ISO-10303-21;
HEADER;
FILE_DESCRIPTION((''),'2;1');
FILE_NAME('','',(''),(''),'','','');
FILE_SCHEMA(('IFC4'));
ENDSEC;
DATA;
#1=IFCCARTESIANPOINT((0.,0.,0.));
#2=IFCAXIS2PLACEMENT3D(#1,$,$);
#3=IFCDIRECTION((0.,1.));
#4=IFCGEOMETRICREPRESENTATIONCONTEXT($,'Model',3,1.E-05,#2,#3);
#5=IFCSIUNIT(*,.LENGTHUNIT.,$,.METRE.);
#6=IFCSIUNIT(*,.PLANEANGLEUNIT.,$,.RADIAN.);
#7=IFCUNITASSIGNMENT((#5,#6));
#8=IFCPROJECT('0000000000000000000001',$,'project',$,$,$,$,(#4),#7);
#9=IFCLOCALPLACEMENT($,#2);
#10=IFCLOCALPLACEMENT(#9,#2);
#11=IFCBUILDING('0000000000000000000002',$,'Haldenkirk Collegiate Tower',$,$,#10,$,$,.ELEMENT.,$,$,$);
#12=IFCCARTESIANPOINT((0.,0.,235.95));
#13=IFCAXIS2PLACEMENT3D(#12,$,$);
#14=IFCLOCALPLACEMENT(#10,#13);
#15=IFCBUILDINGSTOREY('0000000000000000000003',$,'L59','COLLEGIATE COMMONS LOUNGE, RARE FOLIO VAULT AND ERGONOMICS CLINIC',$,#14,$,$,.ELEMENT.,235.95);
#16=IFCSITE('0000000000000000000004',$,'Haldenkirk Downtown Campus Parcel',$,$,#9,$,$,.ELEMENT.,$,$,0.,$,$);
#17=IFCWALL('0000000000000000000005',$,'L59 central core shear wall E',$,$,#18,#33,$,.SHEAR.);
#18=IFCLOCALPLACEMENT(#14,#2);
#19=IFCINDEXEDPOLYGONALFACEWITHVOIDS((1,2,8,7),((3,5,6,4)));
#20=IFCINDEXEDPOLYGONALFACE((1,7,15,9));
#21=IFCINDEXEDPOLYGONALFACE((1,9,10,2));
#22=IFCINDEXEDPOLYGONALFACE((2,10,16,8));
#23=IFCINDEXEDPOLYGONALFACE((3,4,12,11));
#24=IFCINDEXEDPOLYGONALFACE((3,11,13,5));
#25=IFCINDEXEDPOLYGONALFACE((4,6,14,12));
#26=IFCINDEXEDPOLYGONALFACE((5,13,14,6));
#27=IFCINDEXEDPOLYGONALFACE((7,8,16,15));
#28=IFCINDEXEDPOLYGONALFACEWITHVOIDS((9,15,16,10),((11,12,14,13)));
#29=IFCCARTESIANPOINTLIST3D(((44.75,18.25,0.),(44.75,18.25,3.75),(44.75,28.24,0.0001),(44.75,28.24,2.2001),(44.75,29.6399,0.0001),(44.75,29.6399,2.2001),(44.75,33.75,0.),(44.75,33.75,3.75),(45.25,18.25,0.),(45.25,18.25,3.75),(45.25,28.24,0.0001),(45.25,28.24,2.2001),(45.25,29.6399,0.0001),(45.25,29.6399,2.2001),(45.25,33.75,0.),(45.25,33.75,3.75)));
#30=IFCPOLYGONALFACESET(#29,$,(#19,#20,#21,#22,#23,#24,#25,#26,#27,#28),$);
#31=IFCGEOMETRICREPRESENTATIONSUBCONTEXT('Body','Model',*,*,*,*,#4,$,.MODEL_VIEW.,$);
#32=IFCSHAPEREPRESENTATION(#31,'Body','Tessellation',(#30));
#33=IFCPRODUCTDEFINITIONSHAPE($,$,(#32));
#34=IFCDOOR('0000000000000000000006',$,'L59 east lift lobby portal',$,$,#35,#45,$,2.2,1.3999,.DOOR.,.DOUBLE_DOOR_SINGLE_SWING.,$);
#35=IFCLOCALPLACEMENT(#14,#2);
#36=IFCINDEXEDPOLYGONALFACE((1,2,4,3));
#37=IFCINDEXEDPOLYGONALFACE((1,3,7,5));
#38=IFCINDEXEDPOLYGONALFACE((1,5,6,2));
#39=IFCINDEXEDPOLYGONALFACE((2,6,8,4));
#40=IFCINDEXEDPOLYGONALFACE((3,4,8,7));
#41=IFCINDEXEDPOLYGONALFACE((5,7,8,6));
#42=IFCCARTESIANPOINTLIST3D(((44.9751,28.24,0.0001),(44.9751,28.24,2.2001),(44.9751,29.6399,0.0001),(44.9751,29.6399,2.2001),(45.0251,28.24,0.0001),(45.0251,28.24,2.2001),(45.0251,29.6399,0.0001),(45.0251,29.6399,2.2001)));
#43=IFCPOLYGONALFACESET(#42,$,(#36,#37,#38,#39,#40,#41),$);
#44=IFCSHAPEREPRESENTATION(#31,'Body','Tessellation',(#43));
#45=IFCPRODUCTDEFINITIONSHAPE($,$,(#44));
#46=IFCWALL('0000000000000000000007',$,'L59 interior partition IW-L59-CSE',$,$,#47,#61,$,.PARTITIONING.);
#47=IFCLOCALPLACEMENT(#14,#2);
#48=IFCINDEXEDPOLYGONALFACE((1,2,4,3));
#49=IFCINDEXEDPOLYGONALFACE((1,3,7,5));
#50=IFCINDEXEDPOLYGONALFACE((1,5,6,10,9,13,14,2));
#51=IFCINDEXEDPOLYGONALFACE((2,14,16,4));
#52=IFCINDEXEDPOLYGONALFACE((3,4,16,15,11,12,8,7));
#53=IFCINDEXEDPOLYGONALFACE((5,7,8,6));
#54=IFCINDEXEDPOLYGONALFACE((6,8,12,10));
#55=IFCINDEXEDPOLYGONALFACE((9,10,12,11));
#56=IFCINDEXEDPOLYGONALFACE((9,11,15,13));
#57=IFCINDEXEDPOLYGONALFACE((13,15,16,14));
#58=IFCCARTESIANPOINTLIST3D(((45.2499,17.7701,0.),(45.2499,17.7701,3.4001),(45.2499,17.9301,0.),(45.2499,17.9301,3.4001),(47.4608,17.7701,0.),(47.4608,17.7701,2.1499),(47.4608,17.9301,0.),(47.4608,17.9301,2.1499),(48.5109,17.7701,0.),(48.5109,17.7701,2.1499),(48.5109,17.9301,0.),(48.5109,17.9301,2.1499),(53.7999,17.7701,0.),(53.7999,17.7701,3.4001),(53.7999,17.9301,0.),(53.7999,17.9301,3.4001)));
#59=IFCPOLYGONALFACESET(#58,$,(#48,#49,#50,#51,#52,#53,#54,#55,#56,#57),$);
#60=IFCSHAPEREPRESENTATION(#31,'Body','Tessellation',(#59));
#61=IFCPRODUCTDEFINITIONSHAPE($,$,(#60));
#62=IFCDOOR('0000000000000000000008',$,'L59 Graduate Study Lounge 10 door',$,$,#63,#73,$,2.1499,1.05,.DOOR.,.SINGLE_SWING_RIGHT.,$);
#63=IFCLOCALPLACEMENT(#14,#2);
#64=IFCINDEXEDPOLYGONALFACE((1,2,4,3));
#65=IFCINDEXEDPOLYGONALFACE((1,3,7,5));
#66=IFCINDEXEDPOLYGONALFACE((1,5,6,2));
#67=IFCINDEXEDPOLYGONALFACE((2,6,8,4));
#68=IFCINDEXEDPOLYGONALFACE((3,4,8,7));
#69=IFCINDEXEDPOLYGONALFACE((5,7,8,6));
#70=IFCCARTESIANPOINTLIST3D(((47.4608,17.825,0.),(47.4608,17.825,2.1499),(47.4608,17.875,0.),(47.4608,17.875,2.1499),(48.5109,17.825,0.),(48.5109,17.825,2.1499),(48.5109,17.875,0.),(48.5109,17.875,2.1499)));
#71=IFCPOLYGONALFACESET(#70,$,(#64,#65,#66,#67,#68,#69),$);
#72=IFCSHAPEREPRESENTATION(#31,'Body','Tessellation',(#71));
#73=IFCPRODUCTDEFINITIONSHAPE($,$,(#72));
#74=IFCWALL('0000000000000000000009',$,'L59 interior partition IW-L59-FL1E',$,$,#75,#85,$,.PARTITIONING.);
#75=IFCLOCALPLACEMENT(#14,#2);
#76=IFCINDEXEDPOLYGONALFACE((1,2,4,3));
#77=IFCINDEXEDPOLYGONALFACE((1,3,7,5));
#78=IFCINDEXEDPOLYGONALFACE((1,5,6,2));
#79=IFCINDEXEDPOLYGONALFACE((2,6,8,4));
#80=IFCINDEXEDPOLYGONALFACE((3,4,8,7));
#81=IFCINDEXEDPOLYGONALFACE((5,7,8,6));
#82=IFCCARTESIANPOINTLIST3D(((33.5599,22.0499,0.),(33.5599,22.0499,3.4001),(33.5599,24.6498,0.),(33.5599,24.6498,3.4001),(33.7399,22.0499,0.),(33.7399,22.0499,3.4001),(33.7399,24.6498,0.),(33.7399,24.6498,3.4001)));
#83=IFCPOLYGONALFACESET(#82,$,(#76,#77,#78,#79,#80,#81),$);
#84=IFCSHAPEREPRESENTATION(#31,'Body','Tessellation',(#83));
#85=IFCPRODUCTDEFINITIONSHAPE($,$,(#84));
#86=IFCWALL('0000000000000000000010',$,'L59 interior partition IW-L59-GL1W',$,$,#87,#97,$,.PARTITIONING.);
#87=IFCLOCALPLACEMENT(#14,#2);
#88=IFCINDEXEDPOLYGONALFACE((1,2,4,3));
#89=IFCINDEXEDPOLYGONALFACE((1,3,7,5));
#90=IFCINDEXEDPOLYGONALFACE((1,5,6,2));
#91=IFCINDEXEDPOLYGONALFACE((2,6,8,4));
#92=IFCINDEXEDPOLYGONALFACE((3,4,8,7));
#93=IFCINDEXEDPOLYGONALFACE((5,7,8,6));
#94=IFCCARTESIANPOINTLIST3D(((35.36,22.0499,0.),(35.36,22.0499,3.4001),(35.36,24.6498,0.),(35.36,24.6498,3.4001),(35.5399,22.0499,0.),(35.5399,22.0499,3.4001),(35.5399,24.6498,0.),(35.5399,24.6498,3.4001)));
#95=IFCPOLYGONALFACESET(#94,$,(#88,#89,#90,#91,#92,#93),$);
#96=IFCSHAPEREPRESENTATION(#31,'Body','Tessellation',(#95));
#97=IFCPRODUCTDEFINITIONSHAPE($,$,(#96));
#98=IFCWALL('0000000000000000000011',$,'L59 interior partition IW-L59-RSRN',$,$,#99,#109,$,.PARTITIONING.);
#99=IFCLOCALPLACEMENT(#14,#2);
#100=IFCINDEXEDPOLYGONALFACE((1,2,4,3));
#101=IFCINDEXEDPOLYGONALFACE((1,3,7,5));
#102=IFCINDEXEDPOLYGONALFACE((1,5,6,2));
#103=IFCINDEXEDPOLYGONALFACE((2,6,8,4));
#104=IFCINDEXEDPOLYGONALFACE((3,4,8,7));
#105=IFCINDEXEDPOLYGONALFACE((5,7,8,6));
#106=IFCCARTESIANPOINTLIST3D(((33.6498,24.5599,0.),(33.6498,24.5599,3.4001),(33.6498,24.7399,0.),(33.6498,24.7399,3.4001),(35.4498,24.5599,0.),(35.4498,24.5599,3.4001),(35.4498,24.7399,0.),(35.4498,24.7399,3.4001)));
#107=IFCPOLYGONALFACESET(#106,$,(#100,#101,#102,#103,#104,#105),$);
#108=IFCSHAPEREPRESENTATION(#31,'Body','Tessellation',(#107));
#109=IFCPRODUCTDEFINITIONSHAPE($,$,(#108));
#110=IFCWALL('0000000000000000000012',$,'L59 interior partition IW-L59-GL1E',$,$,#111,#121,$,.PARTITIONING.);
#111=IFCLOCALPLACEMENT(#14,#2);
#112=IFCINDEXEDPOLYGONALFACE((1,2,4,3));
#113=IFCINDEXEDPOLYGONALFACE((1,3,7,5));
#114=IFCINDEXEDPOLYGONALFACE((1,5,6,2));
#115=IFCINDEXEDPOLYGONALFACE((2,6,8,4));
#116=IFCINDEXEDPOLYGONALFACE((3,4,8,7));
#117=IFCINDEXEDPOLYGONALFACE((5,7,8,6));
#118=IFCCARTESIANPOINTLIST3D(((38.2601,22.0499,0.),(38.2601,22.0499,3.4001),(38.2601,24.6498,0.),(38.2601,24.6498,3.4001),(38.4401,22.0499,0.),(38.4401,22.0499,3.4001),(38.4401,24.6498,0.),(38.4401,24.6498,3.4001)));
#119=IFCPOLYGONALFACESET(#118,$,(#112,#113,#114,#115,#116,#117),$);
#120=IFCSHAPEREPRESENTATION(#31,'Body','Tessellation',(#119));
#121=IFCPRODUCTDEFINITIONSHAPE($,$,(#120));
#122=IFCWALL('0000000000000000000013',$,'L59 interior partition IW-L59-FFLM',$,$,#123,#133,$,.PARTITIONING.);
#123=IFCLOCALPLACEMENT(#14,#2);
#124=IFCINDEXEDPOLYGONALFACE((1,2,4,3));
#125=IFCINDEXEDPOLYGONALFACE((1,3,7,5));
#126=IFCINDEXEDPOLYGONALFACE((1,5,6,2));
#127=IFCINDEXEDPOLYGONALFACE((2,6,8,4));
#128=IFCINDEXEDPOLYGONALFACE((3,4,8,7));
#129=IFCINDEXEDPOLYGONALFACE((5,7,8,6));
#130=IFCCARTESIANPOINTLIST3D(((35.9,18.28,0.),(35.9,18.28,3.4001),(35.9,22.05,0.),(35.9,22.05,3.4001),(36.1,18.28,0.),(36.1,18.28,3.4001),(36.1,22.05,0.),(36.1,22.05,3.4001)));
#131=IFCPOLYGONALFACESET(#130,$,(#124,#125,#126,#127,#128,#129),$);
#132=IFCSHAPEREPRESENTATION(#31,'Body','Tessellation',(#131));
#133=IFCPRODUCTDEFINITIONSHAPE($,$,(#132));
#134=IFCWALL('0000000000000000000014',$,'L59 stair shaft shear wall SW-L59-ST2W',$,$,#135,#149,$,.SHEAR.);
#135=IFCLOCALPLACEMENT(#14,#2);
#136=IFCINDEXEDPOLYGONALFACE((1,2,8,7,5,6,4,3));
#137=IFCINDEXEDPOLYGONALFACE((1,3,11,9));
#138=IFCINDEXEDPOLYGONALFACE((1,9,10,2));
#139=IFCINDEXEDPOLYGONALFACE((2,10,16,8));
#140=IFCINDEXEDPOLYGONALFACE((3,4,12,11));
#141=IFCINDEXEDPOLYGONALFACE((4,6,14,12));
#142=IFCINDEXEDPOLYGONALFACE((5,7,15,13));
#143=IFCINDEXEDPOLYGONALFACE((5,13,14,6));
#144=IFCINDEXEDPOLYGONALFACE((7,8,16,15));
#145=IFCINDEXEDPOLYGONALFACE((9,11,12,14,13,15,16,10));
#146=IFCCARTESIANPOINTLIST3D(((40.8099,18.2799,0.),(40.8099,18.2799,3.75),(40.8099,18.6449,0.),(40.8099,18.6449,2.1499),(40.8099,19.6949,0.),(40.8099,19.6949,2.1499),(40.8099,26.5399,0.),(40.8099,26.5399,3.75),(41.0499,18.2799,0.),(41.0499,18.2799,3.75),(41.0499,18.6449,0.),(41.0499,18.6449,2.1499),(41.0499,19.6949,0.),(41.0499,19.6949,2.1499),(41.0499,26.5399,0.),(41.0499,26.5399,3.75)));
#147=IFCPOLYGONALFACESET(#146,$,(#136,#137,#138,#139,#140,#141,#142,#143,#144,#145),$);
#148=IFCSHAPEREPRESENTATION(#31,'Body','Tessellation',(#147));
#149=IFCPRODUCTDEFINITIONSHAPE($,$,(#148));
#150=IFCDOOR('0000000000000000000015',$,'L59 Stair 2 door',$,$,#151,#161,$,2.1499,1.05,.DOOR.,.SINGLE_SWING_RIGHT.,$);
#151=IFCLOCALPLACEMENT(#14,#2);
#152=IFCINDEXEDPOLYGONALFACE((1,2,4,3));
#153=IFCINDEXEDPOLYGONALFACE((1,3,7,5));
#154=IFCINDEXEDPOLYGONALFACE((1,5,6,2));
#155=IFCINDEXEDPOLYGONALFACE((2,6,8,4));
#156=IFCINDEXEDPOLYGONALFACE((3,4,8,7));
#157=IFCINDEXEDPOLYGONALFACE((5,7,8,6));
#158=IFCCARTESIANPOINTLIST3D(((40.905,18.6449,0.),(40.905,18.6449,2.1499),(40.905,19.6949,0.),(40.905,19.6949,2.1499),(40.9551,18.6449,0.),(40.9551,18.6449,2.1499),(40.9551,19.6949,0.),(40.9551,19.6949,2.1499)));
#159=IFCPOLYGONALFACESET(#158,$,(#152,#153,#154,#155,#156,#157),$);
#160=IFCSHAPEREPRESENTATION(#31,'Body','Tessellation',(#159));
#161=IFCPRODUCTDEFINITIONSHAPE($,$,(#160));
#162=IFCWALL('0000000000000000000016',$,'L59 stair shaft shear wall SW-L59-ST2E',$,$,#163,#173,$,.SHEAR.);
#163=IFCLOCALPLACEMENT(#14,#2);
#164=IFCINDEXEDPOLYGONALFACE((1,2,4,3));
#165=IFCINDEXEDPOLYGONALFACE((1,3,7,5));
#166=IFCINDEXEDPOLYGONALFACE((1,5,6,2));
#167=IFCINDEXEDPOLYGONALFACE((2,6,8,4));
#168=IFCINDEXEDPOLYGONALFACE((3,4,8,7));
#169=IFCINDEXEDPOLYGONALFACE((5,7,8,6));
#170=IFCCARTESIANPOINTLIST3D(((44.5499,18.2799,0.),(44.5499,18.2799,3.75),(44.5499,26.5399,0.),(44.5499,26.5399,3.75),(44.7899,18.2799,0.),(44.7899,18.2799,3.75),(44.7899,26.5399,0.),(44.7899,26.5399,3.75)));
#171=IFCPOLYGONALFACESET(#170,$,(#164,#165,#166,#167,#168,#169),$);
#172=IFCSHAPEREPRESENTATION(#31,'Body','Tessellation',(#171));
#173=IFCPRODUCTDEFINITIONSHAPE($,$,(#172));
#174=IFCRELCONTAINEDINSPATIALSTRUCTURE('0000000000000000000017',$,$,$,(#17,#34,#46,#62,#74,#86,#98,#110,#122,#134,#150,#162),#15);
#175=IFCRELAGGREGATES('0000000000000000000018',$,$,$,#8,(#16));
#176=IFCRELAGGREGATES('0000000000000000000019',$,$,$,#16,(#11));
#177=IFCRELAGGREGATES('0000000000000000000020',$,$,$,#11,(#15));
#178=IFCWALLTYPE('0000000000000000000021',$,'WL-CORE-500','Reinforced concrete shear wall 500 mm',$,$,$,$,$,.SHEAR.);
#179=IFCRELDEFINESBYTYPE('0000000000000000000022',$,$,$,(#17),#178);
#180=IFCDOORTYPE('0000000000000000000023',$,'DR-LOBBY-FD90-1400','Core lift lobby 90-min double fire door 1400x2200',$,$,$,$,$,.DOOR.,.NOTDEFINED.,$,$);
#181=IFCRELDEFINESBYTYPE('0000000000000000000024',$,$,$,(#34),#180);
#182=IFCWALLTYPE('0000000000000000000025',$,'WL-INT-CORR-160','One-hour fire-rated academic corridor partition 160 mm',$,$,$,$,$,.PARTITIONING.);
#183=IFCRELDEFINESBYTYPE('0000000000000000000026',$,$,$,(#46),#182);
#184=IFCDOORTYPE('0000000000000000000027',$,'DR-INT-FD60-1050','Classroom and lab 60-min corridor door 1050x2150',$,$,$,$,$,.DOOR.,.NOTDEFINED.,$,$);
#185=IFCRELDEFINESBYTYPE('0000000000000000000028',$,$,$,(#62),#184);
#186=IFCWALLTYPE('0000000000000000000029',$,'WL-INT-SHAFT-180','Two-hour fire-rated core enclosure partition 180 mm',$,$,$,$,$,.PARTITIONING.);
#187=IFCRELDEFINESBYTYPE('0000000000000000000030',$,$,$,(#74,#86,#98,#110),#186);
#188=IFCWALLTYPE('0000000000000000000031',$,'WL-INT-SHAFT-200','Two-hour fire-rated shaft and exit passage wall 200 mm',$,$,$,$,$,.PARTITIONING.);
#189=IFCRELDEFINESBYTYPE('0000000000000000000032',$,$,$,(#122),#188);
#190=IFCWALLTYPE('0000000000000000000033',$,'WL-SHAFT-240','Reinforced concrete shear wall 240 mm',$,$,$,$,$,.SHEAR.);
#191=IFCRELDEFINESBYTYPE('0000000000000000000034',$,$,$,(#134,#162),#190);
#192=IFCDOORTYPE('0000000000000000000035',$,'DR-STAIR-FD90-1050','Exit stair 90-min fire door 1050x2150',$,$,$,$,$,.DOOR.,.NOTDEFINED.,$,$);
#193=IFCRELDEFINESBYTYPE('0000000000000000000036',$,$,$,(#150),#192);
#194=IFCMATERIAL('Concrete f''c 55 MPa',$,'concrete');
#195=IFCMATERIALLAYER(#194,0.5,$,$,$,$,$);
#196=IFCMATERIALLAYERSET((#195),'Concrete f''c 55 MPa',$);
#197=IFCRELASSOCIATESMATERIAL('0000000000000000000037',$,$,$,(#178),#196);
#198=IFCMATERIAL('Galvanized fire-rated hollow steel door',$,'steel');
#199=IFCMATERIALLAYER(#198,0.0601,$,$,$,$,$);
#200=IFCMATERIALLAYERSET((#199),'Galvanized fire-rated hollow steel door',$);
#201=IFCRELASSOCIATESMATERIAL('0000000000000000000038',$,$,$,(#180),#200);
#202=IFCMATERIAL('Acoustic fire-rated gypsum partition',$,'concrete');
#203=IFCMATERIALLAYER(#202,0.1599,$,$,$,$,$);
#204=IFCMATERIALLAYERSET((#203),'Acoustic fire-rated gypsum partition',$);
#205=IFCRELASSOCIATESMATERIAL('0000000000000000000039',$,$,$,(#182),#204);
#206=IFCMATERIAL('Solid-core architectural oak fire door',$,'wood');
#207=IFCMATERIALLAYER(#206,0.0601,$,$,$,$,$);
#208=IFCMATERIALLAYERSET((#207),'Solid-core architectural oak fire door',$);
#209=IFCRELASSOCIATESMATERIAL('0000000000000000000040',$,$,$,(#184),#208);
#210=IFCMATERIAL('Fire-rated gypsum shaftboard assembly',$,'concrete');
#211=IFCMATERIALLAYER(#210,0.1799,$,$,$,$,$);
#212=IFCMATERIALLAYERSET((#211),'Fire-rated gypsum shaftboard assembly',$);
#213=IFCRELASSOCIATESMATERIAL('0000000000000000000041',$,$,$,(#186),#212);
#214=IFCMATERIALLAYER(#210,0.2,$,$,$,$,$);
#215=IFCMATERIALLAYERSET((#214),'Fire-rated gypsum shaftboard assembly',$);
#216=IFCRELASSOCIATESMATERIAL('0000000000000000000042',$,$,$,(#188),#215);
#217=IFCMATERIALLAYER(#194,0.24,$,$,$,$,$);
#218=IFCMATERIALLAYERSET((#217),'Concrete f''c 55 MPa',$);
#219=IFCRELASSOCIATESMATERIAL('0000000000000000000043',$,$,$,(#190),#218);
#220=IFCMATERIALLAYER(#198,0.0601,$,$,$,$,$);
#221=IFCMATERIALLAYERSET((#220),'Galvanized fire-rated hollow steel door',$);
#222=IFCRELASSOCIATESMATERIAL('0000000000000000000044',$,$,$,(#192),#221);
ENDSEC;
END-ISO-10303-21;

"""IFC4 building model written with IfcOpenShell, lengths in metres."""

from ifc_helpers import new_model, si_unit, direction, frame, frame_2d, origin, place, context, subcontext, project, spatial, rectangle, extrude, material, layer, layer_set, type_object, element, fill, save


model = new_model("IFC4")

# Units and contexts
model_context = context("Model", 3, precision=1e-05, world=origin(), true_north=direction((0.0, 1.0)))
body_context = subcontext(model_context, "Body", "Model", "MODEL_VIEW")
ifc_project = project(units=[si_unit("LENGTHUNIT", "METRE"), si_unit("PLANEANGLEUNIT", "RADIAN")], contexts=[model_context])

# Site, building, storey
site_placement = place(None, origin())
site = spatial("IfcSite", under=ifc_project, at=site_placement, Name="Haldenkirk Downtown Campus Parcel", CompositionType="ELEMENT", RefElevation=0.0)
building_placement = place(site_placement, origin())
building = spatial("IfcBuilding", under=site, at=building_placement, Name="Haldenkirk Collegiate Tower", CompositionType="ELEMENT")
storey_placement = place(building_placement, frame((0.0, 0.0, 235.95)))
storey = spatial("IfcBuildingStorey", under=building, at=storey_placement, Name="L59", Description="COLLEGIATE COMMONS LOUNGE, RARE FOLIO VAULT AND ERGONOMICS CLINIC", CompositionType="ELEMENT", Elevation=235.95)

# Walls, openings, doors
ifc_material_1 = material(Name="Concrete f'c 55 MPa", Category="concrete")
ifc_layer_1 = layer(ifc_material_1, 0.5)
ifc_layer_set_1 = layer_set([ifc_layer_1], Name="Concrete f'c 55 MPa")
wall_type_1 = type_object("IfcWallType", Name="WL-CORE-500", Description="Reinforced concrete shear wall 500 mm", PredefinedType="SHEAR", material=ifc_layer_set_1)
wall_1_placement = place(storey_placement, frame((45.0, 18.25, 0.0), z_axis=(0.0, 0.0, 1.0), x_axis=(0.0, 1.0, 0.0)))
wall_1 = element("IfcWall", 1, at=wall_1_placement, inside=storey, type_object=wall_type_1, Name="L59 central core shear wall E", PredefinedType="SHEAR", context=body_context, shape_type="SweptSolid", body=[
    extrude(rectangle(XDim=15.5, YDim=0.5, at=frame_2d((7.75, 0.0))), origin(), (0.0, 0.0, 1.0), 3.75),
])
opening_1_placement = place(wall_1_placement, frame((9.99, 0.0, 0.0)))
opening_1 = element("IfcOpeningElement", 2, at=opening_1_placement, cuts=wall_1, PredefinedType="OPENING", context=body_context, shape_type="SweptSolid", body=[
    extrude(rectangle(XDim=1.3999, YDim=2.2, at=frame_2d((0.7, 1.1001))), frame((0.0, 0.26, 0.0), z_axis=(0.0, -1.0, 0.0), x_axis=(1.0, 0.0, 0.0)), (0.0, 0.0, 1.0), 0.52),
])
ifc_material_2 = material(Name="Galvanized fire-rated hollow steel door", Category="steel")
ifc_layer_2 = layer(ifc_material_2, 0.0601)
ifc_layer_set_2 = layer_set([ifc_layer_2], Name="Galvanized fire-rated hollow steel door")
door_type_1 = type_object("IfcDoorType", Name="DR-LOBBY-FD90-1400", Description="Core lift lobby 90-min double fire door 1400x2200", OperationType="NOTDEFINED", PredefinedType="DOOR", material=ifc_layer_set_2)
door_1_placement = place(opening_1_placement, origin())
door_1 = element("IfcDoor", 3, at=door_1_placement, inside=storey, type_object=door_type_1, Name="L59 east lift lobby portal", OperationType="DOUBLE_DOOR_SINGLE_SWING", OverallHeight=2.2, OverallWidth=1.3999, PredefinedType="DOOR", context=body_context, shape_type="SweptSolid", body=[
    extrude(rectangle(XDim=1.3999, YDim=2.2, at=frame_2d((0.7, 1.1001))), frame((0.0, 0.0249, 0.0), z_axis=(0.0, -1.0, 0.0), x_axis=(1.0, 0.0, 0.0)), (0.0, 0.0, 1.0), 0.05),
])
fill(opening_1, door_1)
ifc_material_3 = material(Name="Acoustic fire-rated gypsum partition", Category="concrete")
ifc_layer_3 = layer(ifc_material_3, 0.1599)
ifc_layer_set_3 = layer_set([ifc_layer_3], Name="Acoustic fire-rated gypsum partition")
wall_type_2 = type_object("IfcWallType", Name="WL-INT-CORR-160", Description="One-hour fire-rated academic corridor partition 160 mm", PredefinedType="PARTITIONING", material=ifc_layer_set_3)
wall_2_placement = place(storey_placement, frame((45.25, 17.8501, 0.0), z_axis=(0.0, 0.0, 1.0), x_axis=(1.0, 0.0, 0.0)))
wall_2 = element("IfcWall", 4, at=wall_2_placement, inside=storey, type_object=wall_type_2, Name="L59 interior partition IW-L59-CSE", PredefinedType="PARTITIONING", context=body_context, shape_type="SweptSolid", body=[
    extrude(rectangle(XDim=8.55, YDim=0.1599, at=frame_2d((4.2749, 0.0))), origin(), (0.0, 0.0, 1.0), 3.4001),
])
opening_2_placement = place(wall_2_placement, frame((2.2109, 0.0, 0.0)))
opening_2 = element("IfcOpeningElement", 5, at=opening_2_placement, cuts=wall_2, PredefinedType="OPENING", context=body_context, shape_type="SweptSolid", body=[
    extrude(rectangle(XDim=1.05, YDim=2.1499, at=frame_2d((0.5249, 1.075))), frame((0.0, 0.0898, 0.0), z_axis=(0.0, -1.0, 0.0), x_axis=(1.0, 0.0, 0.0)), (0.0, 0.0, 1.0), 0.1799),
])
ifc_material_4 = material(Name="Solid-core architectural oak fire door", Category="wood")
ifc_layer_4 = layer(ifc_material_4, 0.0601)
ifc_layer_set_4 = layer_set([ifc_layer_4], Name="Solid-core architectural oak fire door")
door_type_2 = type_object("IfcDoorType", Name="DR-INT-FD60-1050", Description="Classroom and lab 60-min corridor door 1050x2150", OperationType="NOTDEFINED", PredefinedType="DOOR", material=ifc_layer_set_4)
door_2_placement = place(opening_2_placement, origin())
door_2 = element("IfcDoor", 6, at=door_2_placement, inside=storey, type_object=door_type_2, Name="L59 Graduate Study Lounge 10 door", OperationType="SINGLE_SWING_RIGHT", OverallHeight=2.1499, OverallWidth=1.05, PredefinedType="DOOR", context=body_context, shape_type="SweptSolid", body=[
    extrude(rectangle(XDim=1.05, YDim=2.1499, at=frame_2d((0.5249, 1.075))), frame((0.0, 0.0249, 0.0), z_axis=(0.0, -1.0, 0.0), x_axis=(1.0, 0.0, 0.0)), (0.0, 0.0, 1.0), 0.05),
])
fill(opening_2, door_2)

# Walls
ifc_material_5 = material(Name="Fire-rated gypsum shaftboard assembly", Category="concrete")
ifc_layer_5 = layer(ifc_material_5, 0.1799)
ifc_layer_set_5 = layer_set([ifc_layer_5], Name="Fire-rated gypsum shaftboard assembly")
wall_type_3 = type_object("IfcWallType", Name="WL-INT-SHAFT-180", Description="Two-hour fire-rated core enclosure partition 180 mm", PredefinedType="PARTITIONING", material=ifc_layer_set_5)
for number, where, z_axis, x_axis, name in (
    (7, (33.6499, 22.05, 0.0), (0.0, 0.0, 1.0), (0.0, 1.0, 0.0), "L59 interior partition IW-L59-FL1E"),
    (8, (35.45, 22.05, 0.0), (0.0, 0.0, 1.0), (0.0, 1.0, 0.0), "L59 interior partition IW-L59-GL1W"),
):
    element("IfcWall", number, at=place(storey_placement, frame(where, z_axis=z_axis, x_axis=x_axis)), inside=storey, type_object=wall_type_3, Name=name, PredefinedType="PARTITIONING", context=body_context, shape_type="SweptSolid", body=[
        extrude(rectangle(XDim=2.5999, YDim=0.1799, at=frame_2d((1.2998, 0.0))), origin(), (0.0, 0.0, 1.0), 3.4001),
    ])
wall_3_placement = place(storey_placement, frame((33.6499, 24.6499, 0.0), z_axis=(0.0, 0.0, 1.0), x_axis=(1.0, 0.0, 0.0)))
element("IfcWall", 9, at=wall_3_placement, inside=storey, type_object=wall_type_3, Name="L59 interior partition IW-L59-RSRN", PredefinedType="PARTITIONING", context=body_context, shape_type="SweptSolid", body=[
    extrude(rectangle(XDim=1.8, YDim=0.1799, at=frame_2d((0.8999, 0.0))), origin(), (0.0, 0.0, 1.0), 3.4001),
])
wall_4_placement = place(storey_placement, frame((38.3501, 22.05, 0.0), z_axis=(0.0, 0.0, 1.0), x_axis=(0.0, 1.0, 0.0)))
element("IfcWall", 10, at=wall_4_placement, inside=storey, type_object=wall_type_3, Name="L59 interior partition IW-L59-GL1E", PredefinedType="PARTITIONING", context=body_context, shape_type="SweptSolid", body=[
    extrude(rectangle(XDim=2.5999, YDim=0.1799, at=frame_2d((1.2998, 0.0))), origin(), (0.0, 0.0, 1.0), 3.4001),
])
ifc_layer_6 = layer(ifc_material_5, 0.2)
ifc_layer_set_6 = layer_set([ifc_layer_6], Name="Fire-rated gypsum shaftboard assembly")
wall_type_4 = type_object("IfcWallType", Name="WL-INT-SHAFT-200", Description="Two-hour fire-rated shaft and exit passage wall 200 mm", PredefinedType="PARTITIONING", material=ifc_layer_set_6)
wall_5_placement = place(storey_placement, frame((36.0, 18.28, 0.0), z_axis=(0.0, 0.0, 1.0), x_axis=(0.0, 1.0, 0.0)))
element("IfcWall", 11, at=wall_5_placement, inside=storey, type_object=wall_type_4, Name="L59 interior partition IW-L59-FFLM", PredefinedType="PARTITIONING", context=body_context, shape_type="SweptSolid", body=[
    extrude(rectangle(XDim=3.77, YDim=0.2, at=frame_2d((1.885, 0.0))), origin(), (0.0, 0.0, 1.0), 3.4001),
])

# Wall, opening, door
ifc_layer_7 = layer(ifc_material_1, 0.24)
ifc_layer_set_7 = layer_set([ifc_layer_7], Name="Concrete f'c 55 MPa")
wall_type_5 = type_object("IfcWallType", Name="WL-SHAFT-240", Description="Reinforced concrete shear wall 240 mm", PredefinedType="SHEAR", material=ifc_layer_set_7)
wall_6_placement = place(storey_placement, frame((40.9299, 18.28, 0.0), z_axis=(0.0, 0.0, 1.0), x_axis=(0.0, 1.0, 0.0)))
wall_6 = element("IfcWall", 12, at=wall_6_placement, inside=storey, type_object=wall_type_5, Name="L59 stair shaft shear wall SW-L59-ST2W", PredefinedType="SHEAR", context=body_context, shape_type="SweptSolid", body=[
    extrude(rectangle(XDim=8.26, YDim=0.24, at=frame_2d((4.1299, 0.0))), origin(), (0.0, 0.0, 1.0), 3.75),
])
opening_3_placement = place(wall_6_placement, frame((0.365, 0.0, 0.0)))
opening_3 = element("IfcOpeningElement", 13, at=opening_3_placement, cuts=wall_6, PredefinedType="OPENING", context=body_context, shape_type="SweptSolid", body=[
    extrude(rectangle(XDim=1.05, YDim=2.1499, at=frame_2d((0.5249, 1.075))), frame((0.0, 0.1299, 0.0), z_axis=(0.0, -1.0, 0.0), x_axis=(1.0, 0.0, 0.0)), (0.0, 0.0, 1.0), 0.26),
])
ifc_layer_8 = layer(ifc_material_2, 0.0601)
ifc_layer_set_8 = layer_set([ifc_layer_8], Name="Galvanized fire-rated hollow steel door")
door_type_3 = type_object("IfcDoorType", Name="DR-STAIR-FD90-1050", Description="Exit stair 90-min fire door 1050x2150", OperationType="NOTDEFINED", PredefinedType="DOOR", material=ifc_layer_set_8)
door_3_placement = place(opening_3_placement, origin())
door_3 = element("IfcDoor", 14, at=door_3_placement, inside=storey, type_object=door_type_3, Name="L59 Stair 2 door", OperationType="SINGLE_SWING_RIGHT", OverallHeight=2.1499, OverallWidth=1.05, PredefinedType="DOOR", context=body_context, shape_type="SweptSolid", body=[
    extrude(rectangle(XDim=1.05, YDim=2.1499, at=frame_2d((0.5249, 1.075))), frame((0.0, 0.0249, 0.0), z_axis=(0.0, -1.0, 0.0), x_axis=(1.0, 0.0, 0.0)), (0.0, 0.0, 1.0), 0.05),
])
fill(opening_3, door_3)

# Wall
wall_7_placement = place(storey_placement, frame((44.6699, 18.28, 0.0), z_axis=(0.0, 0.0, 1.0), x_axis=(0.0, 1.0, 0.0)))
element("IfcWall", 15, at=wall_7_placement, inside=storey, type_object=wall_type_5, Name="L59 stair shaft shear wall SW-L59-ST2E", PredefinedType="SHEAR", context=body_context, shape_type="SweptSolid", body=[
    extrude(rectangle(XDim=8.26, YDim=0.24, at=frame_2d((4.1299, 0.0))), origin(), (0.0, 0.0, 1.0), 3.75),
])

save(model, "model.ifc")
